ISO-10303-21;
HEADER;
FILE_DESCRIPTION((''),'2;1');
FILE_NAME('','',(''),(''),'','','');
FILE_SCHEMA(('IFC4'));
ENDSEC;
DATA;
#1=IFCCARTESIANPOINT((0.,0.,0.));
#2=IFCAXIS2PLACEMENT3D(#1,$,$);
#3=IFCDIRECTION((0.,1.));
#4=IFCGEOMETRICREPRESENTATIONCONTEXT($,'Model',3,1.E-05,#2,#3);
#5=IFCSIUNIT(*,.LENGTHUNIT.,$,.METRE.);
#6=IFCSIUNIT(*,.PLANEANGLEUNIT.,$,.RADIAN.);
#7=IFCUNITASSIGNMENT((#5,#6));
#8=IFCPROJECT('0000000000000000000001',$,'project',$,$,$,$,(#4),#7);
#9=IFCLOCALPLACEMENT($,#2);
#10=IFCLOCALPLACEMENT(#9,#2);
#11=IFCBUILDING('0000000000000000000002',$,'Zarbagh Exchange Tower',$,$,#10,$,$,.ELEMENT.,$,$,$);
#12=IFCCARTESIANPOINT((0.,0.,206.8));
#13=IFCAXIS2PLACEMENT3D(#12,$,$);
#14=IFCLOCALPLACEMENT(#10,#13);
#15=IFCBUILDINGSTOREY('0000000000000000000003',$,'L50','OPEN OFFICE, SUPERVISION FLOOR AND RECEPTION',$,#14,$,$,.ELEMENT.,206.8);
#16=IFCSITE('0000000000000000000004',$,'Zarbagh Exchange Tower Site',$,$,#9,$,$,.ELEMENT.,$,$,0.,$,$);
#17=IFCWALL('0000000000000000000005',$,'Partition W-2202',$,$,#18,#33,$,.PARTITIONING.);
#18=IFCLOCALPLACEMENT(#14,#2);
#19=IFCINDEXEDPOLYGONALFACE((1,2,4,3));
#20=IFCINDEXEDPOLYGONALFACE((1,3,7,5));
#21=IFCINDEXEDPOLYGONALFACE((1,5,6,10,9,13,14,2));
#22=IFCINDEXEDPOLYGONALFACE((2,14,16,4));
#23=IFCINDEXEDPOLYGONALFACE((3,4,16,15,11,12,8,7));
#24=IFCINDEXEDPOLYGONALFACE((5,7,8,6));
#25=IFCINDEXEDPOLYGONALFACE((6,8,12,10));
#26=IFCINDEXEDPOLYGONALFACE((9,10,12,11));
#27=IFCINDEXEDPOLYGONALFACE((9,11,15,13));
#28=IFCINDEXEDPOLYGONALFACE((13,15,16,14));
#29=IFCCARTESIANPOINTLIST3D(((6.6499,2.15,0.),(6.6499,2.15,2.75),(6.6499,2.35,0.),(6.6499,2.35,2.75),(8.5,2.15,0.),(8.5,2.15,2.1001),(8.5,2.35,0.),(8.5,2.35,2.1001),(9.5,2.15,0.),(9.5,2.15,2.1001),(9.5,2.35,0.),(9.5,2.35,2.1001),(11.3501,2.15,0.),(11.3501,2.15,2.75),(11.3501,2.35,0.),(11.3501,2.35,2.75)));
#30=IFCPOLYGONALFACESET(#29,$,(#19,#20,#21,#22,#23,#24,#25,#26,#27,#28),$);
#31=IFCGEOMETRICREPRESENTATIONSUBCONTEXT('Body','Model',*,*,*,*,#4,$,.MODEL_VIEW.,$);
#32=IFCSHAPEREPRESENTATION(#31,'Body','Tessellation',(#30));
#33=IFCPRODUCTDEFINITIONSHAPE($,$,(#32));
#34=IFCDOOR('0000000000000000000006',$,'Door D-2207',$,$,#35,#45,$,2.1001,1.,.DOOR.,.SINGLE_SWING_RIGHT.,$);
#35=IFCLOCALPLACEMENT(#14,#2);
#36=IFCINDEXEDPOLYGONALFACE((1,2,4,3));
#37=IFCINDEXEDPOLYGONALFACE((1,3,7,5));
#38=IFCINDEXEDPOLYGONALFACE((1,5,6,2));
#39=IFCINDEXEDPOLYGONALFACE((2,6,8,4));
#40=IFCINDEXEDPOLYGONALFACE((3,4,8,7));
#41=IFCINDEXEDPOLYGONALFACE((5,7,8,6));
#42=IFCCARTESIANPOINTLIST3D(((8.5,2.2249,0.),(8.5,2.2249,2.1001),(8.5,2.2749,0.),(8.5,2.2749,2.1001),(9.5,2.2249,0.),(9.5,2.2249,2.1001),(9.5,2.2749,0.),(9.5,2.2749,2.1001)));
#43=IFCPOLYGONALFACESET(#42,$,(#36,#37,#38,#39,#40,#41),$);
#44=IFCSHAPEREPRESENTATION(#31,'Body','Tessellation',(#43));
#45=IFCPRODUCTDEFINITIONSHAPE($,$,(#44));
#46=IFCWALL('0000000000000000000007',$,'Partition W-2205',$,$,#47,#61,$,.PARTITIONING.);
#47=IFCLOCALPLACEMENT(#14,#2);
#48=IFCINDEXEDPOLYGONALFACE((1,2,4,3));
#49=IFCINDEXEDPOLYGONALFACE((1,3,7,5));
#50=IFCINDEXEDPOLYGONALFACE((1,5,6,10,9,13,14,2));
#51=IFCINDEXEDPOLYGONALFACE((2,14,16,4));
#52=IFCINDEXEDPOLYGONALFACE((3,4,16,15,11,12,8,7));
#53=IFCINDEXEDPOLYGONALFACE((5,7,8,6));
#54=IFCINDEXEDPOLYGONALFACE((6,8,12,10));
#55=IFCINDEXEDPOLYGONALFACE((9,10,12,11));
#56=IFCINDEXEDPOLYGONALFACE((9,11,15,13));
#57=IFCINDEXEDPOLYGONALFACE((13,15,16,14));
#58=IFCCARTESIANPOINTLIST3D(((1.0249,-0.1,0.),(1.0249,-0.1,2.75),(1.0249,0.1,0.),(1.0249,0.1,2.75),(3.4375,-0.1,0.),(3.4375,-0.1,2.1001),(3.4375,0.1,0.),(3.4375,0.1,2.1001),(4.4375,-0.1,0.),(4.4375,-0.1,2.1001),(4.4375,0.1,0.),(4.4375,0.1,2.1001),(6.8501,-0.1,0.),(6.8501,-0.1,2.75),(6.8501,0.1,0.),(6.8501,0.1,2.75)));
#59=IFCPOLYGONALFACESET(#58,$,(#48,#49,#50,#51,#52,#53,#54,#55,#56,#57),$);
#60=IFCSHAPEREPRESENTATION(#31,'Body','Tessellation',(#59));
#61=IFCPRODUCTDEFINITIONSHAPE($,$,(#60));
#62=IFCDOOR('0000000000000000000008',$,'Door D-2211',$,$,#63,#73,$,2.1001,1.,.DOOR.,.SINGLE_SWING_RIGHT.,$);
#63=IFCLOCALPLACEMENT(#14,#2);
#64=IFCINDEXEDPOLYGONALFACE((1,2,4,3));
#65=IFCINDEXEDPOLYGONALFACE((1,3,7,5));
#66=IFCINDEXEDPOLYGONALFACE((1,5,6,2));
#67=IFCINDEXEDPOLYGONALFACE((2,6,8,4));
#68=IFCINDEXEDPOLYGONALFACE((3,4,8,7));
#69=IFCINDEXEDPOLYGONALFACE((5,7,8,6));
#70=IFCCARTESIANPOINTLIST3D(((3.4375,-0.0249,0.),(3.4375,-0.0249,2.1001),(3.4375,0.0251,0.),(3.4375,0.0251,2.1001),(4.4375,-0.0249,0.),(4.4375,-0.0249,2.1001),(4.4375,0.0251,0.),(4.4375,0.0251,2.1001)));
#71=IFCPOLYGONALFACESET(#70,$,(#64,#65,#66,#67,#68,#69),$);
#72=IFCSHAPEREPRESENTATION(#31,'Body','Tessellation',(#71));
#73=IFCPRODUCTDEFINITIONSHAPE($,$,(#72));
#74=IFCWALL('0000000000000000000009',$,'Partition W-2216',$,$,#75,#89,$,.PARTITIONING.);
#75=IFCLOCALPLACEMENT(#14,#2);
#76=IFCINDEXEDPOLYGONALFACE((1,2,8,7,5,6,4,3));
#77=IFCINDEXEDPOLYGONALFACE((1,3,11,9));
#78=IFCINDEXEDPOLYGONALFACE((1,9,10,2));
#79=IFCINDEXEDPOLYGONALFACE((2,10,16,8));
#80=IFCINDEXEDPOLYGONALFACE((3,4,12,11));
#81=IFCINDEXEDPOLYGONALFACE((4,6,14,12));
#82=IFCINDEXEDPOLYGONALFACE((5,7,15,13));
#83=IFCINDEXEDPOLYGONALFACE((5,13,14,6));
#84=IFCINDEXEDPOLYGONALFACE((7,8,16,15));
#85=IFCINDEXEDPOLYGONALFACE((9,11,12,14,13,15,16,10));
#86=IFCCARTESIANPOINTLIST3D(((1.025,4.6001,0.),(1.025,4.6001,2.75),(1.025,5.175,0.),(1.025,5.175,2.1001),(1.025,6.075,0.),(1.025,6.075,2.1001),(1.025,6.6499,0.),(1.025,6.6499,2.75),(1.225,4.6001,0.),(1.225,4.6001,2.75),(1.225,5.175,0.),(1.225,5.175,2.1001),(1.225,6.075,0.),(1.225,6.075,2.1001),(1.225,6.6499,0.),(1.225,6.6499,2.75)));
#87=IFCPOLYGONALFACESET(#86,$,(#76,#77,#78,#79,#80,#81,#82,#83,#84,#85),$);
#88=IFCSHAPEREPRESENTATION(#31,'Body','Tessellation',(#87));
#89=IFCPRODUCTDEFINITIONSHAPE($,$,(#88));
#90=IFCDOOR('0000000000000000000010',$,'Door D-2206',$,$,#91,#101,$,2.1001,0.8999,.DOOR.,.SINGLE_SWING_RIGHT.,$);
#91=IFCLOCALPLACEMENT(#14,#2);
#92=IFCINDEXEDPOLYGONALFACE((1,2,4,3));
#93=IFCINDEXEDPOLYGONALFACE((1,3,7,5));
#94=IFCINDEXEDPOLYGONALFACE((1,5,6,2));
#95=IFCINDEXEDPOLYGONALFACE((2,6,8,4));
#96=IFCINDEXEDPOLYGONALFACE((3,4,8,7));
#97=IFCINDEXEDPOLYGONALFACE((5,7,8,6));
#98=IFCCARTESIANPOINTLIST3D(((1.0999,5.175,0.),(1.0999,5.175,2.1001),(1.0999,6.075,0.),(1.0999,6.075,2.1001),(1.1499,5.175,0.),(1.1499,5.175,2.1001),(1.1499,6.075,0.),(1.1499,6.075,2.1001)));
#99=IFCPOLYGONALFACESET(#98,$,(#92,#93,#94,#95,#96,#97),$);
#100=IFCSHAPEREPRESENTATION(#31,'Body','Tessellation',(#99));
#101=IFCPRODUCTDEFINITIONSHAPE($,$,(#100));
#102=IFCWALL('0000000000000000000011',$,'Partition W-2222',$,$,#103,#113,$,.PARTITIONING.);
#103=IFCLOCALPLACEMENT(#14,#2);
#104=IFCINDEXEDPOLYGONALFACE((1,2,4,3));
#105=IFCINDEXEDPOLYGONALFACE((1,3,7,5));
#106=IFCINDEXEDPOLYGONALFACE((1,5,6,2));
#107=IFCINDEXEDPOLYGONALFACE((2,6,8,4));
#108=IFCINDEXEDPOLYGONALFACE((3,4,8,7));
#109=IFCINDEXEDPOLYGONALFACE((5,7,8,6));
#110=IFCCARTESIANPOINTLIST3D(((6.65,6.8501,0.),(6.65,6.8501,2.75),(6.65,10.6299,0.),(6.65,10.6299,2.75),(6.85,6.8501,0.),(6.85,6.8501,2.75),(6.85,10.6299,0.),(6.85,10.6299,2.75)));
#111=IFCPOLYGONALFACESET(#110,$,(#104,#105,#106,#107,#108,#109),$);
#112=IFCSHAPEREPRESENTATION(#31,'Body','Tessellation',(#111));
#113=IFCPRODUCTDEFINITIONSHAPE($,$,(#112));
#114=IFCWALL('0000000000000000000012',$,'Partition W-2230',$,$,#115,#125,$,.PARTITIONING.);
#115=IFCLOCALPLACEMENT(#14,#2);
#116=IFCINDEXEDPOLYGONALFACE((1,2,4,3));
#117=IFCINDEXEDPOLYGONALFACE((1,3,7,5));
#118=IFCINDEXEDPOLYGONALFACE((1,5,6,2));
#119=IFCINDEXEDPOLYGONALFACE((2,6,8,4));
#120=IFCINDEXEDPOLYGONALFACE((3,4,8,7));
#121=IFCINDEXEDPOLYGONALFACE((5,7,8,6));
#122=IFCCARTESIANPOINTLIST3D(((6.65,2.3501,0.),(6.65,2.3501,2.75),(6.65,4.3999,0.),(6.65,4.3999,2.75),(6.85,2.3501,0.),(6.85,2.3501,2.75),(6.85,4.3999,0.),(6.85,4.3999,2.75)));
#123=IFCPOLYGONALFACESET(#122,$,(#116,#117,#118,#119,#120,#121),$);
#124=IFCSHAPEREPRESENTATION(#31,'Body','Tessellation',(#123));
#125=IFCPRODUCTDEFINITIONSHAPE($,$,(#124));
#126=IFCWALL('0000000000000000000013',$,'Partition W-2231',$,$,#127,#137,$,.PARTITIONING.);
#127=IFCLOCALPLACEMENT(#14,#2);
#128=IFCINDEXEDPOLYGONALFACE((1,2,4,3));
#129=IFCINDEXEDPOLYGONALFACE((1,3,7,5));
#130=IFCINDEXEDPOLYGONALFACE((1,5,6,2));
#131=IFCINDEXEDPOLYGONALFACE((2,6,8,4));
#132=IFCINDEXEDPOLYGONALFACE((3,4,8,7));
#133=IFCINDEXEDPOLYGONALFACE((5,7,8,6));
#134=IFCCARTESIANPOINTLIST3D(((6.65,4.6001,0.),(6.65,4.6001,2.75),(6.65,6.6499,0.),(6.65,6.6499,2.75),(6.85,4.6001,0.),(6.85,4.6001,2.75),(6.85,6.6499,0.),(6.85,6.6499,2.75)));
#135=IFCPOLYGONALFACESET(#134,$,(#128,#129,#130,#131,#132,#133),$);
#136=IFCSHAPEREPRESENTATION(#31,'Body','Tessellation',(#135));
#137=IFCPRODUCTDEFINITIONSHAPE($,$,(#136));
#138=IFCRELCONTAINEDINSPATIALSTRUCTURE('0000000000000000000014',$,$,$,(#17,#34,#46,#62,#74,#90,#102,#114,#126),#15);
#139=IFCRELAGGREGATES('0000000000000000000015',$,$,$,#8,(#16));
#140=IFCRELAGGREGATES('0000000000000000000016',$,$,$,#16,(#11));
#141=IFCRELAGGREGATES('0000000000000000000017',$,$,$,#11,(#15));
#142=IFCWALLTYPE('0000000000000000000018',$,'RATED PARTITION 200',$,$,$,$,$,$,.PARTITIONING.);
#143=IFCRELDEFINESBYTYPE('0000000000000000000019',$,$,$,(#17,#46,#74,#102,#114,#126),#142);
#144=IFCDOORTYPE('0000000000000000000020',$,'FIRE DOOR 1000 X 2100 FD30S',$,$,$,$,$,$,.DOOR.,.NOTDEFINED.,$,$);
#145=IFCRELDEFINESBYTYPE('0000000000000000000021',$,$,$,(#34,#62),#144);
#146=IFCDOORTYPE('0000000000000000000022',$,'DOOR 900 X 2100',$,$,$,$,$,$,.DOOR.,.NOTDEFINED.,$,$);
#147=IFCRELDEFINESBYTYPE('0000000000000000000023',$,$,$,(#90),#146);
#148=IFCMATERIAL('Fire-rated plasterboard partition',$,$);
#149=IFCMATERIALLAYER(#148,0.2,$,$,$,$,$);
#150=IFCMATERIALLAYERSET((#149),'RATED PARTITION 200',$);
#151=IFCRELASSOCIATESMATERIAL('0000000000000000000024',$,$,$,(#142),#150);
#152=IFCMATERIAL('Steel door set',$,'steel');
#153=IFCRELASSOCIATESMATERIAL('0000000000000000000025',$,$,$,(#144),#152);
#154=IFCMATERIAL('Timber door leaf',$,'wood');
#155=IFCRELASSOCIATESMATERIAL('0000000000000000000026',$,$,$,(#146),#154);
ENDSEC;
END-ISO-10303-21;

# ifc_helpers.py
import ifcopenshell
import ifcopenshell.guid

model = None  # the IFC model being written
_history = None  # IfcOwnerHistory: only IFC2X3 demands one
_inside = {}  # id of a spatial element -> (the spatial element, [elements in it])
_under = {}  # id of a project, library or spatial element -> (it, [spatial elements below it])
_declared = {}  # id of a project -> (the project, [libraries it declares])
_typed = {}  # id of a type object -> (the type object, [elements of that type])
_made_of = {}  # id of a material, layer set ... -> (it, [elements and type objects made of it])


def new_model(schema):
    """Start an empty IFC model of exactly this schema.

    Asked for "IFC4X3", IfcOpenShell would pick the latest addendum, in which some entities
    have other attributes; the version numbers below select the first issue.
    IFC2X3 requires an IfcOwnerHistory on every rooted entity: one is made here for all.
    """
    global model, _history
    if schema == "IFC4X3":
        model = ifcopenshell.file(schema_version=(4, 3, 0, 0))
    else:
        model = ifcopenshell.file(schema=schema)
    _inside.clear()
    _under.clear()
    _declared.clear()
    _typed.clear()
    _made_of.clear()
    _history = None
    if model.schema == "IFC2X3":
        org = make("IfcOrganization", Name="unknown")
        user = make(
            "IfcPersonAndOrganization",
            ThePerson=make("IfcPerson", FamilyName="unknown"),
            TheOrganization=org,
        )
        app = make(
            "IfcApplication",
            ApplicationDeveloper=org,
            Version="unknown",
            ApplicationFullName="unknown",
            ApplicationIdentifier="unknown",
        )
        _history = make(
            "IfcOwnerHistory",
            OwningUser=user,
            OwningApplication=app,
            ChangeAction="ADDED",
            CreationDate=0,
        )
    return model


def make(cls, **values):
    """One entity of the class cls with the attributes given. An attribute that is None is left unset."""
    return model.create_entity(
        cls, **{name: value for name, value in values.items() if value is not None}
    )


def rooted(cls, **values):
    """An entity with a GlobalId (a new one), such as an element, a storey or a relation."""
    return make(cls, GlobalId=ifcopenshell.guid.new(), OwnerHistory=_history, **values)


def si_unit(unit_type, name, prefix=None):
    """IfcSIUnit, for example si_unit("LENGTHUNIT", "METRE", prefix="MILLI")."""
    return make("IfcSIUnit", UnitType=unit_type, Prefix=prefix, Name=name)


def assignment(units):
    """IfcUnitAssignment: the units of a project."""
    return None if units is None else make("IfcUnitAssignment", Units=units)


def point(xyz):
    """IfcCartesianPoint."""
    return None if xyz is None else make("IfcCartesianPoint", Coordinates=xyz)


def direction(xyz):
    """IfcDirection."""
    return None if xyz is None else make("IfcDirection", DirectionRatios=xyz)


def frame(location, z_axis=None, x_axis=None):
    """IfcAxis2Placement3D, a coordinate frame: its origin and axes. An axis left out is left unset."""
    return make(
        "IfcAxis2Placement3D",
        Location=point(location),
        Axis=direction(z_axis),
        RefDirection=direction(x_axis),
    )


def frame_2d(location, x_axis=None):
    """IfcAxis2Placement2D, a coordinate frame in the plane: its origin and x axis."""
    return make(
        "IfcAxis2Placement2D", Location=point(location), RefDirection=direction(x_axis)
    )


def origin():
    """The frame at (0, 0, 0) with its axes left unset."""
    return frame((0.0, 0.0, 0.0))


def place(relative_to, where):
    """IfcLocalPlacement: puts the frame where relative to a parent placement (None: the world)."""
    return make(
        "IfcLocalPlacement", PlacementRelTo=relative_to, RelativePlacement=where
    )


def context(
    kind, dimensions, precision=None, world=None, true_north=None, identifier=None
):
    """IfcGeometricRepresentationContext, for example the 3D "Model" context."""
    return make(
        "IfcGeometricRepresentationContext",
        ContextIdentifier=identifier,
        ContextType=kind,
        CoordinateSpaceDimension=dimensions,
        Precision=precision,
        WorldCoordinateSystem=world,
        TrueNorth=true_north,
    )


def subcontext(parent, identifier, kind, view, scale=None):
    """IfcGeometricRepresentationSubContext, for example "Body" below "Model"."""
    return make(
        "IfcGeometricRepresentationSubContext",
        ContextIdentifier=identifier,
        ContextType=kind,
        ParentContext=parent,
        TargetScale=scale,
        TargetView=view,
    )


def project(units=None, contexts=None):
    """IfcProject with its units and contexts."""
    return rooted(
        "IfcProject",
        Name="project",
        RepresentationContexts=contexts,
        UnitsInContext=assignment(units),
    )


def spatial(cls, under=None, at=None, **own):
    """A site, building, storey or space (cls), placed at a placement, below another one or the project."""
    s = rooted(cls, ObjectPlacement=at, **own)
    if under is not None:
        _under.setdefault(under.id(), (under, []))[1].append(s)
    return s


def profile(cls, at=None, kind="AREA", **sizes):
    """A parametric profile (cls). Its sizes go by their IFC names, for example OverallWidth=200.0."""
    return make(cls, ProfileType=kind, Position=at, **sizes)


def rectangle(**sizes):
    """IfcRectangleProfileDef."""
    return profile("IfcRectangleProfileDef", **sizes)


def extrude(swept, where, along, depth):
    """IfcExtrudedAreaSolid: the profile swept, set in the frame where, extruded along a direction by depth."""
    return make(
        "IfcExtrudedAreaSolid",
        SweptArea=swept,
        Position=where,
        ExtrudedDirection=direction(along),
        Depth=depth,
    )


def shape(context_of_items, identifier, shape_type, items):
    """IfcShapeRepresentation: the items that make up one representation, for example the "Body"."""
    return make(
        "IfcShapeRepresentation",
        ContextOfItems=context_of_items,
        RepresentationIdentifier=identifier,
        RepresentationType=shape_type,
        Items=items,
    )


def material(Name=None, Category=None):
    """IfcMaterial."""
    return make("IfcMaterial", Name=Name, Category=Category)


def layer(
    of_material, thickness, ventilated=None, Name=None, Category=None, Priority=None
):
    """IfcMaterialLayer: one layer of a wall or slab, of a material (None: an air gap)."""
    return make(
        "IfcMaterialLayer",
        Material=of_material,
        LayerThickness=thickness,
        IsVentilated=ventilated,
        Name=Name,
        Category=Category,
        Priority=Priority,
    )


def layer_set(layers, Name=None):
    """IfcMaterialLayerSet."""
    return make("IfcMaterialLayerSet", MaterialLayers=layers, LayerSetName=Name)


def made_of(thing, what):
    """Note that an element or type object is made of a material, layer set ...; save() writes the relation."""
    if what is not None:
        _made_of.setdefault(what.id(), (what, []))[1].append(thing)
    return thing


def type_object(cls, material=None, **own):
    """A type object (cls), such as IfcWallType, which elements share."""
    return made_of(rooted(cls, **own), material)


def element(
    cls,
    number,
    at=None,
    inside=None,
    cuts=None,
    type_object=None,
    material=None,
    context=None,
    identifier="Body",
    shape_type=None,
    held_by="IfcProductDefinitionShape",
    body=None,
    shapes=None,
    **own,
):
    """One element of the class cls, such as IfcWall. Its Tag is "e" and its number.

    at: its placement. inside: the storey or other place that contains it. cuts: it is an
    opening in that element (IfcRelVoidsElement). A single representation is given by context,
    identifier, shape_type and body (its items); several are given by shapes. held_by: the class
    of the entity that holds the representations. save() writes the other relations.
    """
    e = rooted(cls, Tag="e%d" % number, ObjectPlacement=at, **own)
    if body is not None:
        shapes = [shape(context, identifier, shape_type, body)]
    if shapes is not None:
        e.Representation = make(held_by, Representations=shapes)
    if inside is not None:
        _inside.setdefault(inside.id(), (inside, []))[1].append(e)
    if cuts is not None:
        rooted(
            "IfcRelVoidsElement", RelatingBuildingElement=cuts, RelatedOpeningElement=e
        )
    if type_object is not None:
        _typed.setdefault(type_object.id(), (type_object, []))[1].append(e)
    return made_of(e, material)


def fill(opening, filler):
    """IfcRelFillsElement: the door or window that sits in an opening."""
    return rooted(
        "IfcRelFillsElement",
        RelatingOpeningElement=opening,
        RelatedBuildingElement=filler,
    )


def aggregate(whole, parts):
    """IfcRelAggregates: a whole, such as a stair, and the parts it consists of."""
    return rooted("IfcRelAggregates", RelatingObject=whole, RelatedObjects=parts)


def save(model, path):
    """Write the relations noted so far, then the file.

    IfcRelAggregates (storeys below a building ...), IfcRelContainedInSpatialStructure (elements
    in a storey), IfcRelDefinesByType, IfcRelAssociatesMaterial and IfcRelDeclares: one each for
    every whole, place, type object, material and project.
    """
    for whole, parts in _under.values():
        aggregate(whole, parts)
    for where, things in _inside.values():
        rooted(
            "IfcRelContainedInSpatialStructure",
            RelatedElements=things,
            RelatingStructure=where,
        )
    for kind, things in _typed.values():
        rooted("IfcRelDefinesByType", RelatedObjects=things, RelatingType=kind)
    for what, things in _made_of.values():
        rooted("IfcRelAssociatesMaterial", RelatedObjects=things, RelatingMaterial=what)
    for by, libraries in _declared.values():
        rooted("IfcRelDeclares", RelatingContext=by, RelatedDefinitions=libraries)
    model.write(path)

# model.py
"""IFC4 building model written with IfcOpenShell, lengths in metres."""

from ifc_helpers import new_model, si_unit, direction, frame, frame_2d, origin, place, context, subcontext, project, spatial, rectangle, extrude, material, layer, layer_set, type_object, element, fill, save


model = new_model("IFC4")

# Units and contexts
model_context = context("Model", 3, precision=1e-05, world=origin(), true_north=direction((0.0, 1.0)))
body_context = subcontext(model_context, "Body", "Model", "MODEL_VIEW")
ifc_project = project(units=[si_unit("LENGTHUNIT", "METRE"), si_unit("PLANEANGLEUNIT", "RADIAN")], contexts=[model_context])

# Site, building, storey
site_placement = place(None, origin())
site = spatial("IfcSite", under=ifc_project, at=site_placement, Name="Zarbagh Exchange Tower Site", CompositionType="ELEMENT", RefElevation=0.0)
building_placement = place(site_placement, origin())
building = spatial("IfcBuilding", under=site, at=building_placement, Name="Zarbagh Exchange Tower", CompositionType="ELEMENT")
storey_placement = place(building_placement, frame((0.0, 0.0, 206.8)))
storey = spatial("IfcBuildingStorey", under=building, at=storey_placement, Name="L50", Description="OPEN OFFICE, SUPERVISION FLOOR AND RECEPTION", CompositionType="ELEMENT", Elevation=206.8)

# Walls, openings, doors
ifc_material_1 = material(Name="Fire-rated plasterboard partition")
ifc_layer_1 = layer(ifc_material_1, 0.2)
ifc_layer_set_1 = layer_set([ifc_layer_1], Name="RATED PARTITION 200")
wall_type_1 = type_object("IfcWallType", Name="RATED PARTITION 200", PredefinedType="PARTITIONING", material=ifc_layer_set_1)
wall_1_placement = place(storey_placement, frame((6.6499, 2.25, 0.0), z_axis=(0.0, 0.0, 1.0), x_axis=(1.0, 0.0, 0.0)))
wall_1 = element("IfcWall", 1, at=wall_1_placement, inside=storey, type_object=wall_type_1, Name="Partition W-2202", PredefinedType="PARTITIONING", context=body_context, shape_type="SweptSolid", body=[
    extrude(rectangle(XDim=4.7002, YDim=0.2, at=frame_2d((2.3501, 0.0))), origin(), (0.0, 0.0, 1.0), 2.75),
])
opening_1_placement = place(wall_1_placement, frame((1.8501, 0.0, 0.0)))
opening_1 = element("IfcOpeningElement", 2, at=opening_1_placement, cuts=wall_1, PredefinedType="OPENING", context=body_context, shape_type="SweptSolid", body=[
    extrude(rectangle(XDim=1.0, YDim=2.1001, at=frame_2d((0.5, 1.05))), frame((0.0, 0.1099, 0.0), z_axis=(0.0, -1.0, 0.0), x_axis=(1.0, 0.0, 0.0)), (0.0, 0.0, 1.0), 0.22),
])
ifc_material_2 = material(Name="Steel door set", Category="steel")
door_type_1 = type_object("IfcDoorType", Name="FIRE DOOR 1000 X 2100 FD30S", OperationType="NOTDEFINED", PredefinedType="DOOR", material=ifc_material_2)
door_1_placement = place(opening_1_placement, origin())
door_1 = element("IfcDoor", 3, at=door_1_placement, inside=storey, type_object=door_type_1, Name="Door D-2207", OperationType="SINGLE_SWING_RIGHT", OverallHeight=2.1001, OverallWidth=1.0, PredefinedType="DOOR", context=body_context, shape_type="SweptSolid", body=[
    extrude(rectangle(XDim=1.0, YDim=2.1001, at=frame_2d((0.5, 1.05))), frame((0.0, 0.0249, 0.0), z_axis=(0.0, -1.0, 0.0), x_axis=(1.0, 0.0, 0.0)), (0.0, 0.0, 1.0), 0.05),
])
fill(opening_1, door_1)
wall_2_placement = place(storey_placement, frame((6.8501, 0.0, 0.0), z_axis=(0.0, 0.0, 1.0), x_axis=(-1.0, 0.0, 0.0)))
wall_2 = element("IfcWall", 4, at=wall_2_placement, inside=storey, type_object=wall_type_1, Name="Partition W-2205", PredefinedType="PARTITIONING", context=body_context, shape_type="SweptSolid", body=[
    extrude(rectangle(XDim=5.8252, YDim=0.2, at=frame_2d((2.9126, 0.0))), origin(), (0.0, 0.0, 1.0), 2.75),
])
opening_2_placement = place(wall_2_placement, frame((2.4126, 0.0, 0.0)))
opening_2 = element("IfcOpeningElement", 5, at=opening_2_placement, cuts=wall_2, PredefinedType="OPENING", context=body_context, shape_type="SweptSolid", body=[
    extrude(rectangle(XDim=1.0, YDim=2.1001, at=frame_2d((0.5, 1.05))), frame((0.0, 0.1099, 0.0), z_axis=(0.0, -1.0, 0.0), x_axis=(1.0, 0.0, 0.0)), (0.0, 0.0, 1.0), 0.22),
])
door_2_placement = place(opening_2_placement, origin())
door_2 = element("IfcDoor", 6, at=door_2_placement, inside=storey, type_object=door_type_1, Name="Door D-2211", OperationType="SINGLE_SWING_RIGHT", OverallHeight=2.1001, OverallWidth=1.0, PredefinedType="DOOR", context=body_context, shape_type="SweptSolid", body=[
    extrude(rectangle(XDim=1.0, YDim=2.1001, at=frame_2d((0.5, 1.05))), frame((0.0, 0.0249, 0.0), z_axis=(0.0, -1.0, 0.0), x_axis=(1.0, 0.0, 0.0)), (0.0, 0.0, 1.0), 0.05),
])
fill(opening_2, door_2)
wall_3_placement = place(storey_placement, frame((1.125, 6.6499, 0.0), z_axis=(0.0, 0.0, 1.0), x_axis=(0.0, -1.0, 0.0)))
wall_3 = element("IfcWall", 7, at=wall_3_placement, inside=storey, type_object=wall_type_1, Name="Partition W-2216", PredefinedType="PARTITIONING", context=body_context, shape_type="SweptSolid", body=[
    extrude(rectangle(XDim=2.0498, YDim=0.2, at=frame_2d((1.0249, 0.0))), origin(), (0.0, 0.0, 1.0), 2.75),
])
opening_3_placement = place(wall_3_placement, frame((0.575, 0.0, 0.0)))
opening_3 = element("IfcOpeningElement", 8, at=opening_3_placement, cuts=wall_3, PredefinedType="OPENING", context=body_context, shape_type="SweptSolid", body=[
    extrude(rectangle(XDim=0.8999, YDim=2.1001, at=frame_2d((0.45, 1.05))), frame((0.0, 0.1099, 0.0), z_axis=(0.0, -1.0, 0.0), x_axis=(1.0, 0.0, 0.0)), (0.0, 0.0, 1.0), 0.22),
])
ifc_material_3 = material(Name="Timber door leaf", Category="wood")
door_type_2 = type_object("IfcDoorType", Name="DOOR 900 X 2100", OperationType="NOTDEFINED", PredefinedType="DOOR", material=ifc_material_3)
door_3_placement = place(opening_3_placement, origin())
door_3 = element("IfcDoor", 9, at=door_3_placement, inside=storey, type_object=door_type_2, Name="Door D-2206", OperationType="SINGLE_SWING_RIGHT", OverallHeight=2.1001, OverallWidth=0.8999, PredefinedType="DOOR", context=body_context, shape_type="SweptSolid", body=[
    extrude(rectangle(XDim=0.8999, YDim=2.1001, at=frame_2d((0.45, 1.05))), frame((0.0, 0.0249, 0.0), z_axis=(0.0, -1.0, 0.0), x_axis=(1.0, 0.0, 0.0)), (0.0, 0.0, 1.0), 0.05),
])
fill(opening_3, door_3)

# Walls
wall_4_placement = place(storey_placement, frame((6.75, 6.8501, 0.0), z_axis=(0.0, 0.0, 1.0), x_axis=(0.0, 1.0, 0.0)))
element("IfcWall", 10, at=wall_4_placement, inside=storey, type_object=wall_type_1, Name="Partition W-2222", PredefinedType="PARTITIONING", context=body_context, shape_type="SweptSolid", body=[
    extrude(rectangle(XDim=3.7798, YDim=0.2, at=frame_2d((1.8899, 0.0))), origin(), (0.0, 0.0, 1.0), 2.75),
])
for number, where, z_axis, x_axis, name in (
    (11, (6.75, 2.3501, 0.0), (0.0, 0.0, 1.0), (0.0, 1.0, 0.0), "Partition W-2230"),
    (12, (6.75, 4.6001, 0.0), (0.0, 0.0, 1.0), (0.0, 1.0, 0.0), "Partition W-2231"),
):
    element("IfcWall", number, at=place(storey_placement, frame(where, z_axis=z_axis, x_axis=x_axis)), inside=storey, type_object=wall_type_1, Name=name, PredefinedType="PARTITIONING", context=body_context, shape_type="SweptSolid", body=[
        extrude(rectangle(XDim=2.0498, YDim=0.2, at=frame_2d((1.0249, 0.0))), origin(), (0.0, 0.0, 1.0), 2.75),
    ])

save(model, "model.ifc")
